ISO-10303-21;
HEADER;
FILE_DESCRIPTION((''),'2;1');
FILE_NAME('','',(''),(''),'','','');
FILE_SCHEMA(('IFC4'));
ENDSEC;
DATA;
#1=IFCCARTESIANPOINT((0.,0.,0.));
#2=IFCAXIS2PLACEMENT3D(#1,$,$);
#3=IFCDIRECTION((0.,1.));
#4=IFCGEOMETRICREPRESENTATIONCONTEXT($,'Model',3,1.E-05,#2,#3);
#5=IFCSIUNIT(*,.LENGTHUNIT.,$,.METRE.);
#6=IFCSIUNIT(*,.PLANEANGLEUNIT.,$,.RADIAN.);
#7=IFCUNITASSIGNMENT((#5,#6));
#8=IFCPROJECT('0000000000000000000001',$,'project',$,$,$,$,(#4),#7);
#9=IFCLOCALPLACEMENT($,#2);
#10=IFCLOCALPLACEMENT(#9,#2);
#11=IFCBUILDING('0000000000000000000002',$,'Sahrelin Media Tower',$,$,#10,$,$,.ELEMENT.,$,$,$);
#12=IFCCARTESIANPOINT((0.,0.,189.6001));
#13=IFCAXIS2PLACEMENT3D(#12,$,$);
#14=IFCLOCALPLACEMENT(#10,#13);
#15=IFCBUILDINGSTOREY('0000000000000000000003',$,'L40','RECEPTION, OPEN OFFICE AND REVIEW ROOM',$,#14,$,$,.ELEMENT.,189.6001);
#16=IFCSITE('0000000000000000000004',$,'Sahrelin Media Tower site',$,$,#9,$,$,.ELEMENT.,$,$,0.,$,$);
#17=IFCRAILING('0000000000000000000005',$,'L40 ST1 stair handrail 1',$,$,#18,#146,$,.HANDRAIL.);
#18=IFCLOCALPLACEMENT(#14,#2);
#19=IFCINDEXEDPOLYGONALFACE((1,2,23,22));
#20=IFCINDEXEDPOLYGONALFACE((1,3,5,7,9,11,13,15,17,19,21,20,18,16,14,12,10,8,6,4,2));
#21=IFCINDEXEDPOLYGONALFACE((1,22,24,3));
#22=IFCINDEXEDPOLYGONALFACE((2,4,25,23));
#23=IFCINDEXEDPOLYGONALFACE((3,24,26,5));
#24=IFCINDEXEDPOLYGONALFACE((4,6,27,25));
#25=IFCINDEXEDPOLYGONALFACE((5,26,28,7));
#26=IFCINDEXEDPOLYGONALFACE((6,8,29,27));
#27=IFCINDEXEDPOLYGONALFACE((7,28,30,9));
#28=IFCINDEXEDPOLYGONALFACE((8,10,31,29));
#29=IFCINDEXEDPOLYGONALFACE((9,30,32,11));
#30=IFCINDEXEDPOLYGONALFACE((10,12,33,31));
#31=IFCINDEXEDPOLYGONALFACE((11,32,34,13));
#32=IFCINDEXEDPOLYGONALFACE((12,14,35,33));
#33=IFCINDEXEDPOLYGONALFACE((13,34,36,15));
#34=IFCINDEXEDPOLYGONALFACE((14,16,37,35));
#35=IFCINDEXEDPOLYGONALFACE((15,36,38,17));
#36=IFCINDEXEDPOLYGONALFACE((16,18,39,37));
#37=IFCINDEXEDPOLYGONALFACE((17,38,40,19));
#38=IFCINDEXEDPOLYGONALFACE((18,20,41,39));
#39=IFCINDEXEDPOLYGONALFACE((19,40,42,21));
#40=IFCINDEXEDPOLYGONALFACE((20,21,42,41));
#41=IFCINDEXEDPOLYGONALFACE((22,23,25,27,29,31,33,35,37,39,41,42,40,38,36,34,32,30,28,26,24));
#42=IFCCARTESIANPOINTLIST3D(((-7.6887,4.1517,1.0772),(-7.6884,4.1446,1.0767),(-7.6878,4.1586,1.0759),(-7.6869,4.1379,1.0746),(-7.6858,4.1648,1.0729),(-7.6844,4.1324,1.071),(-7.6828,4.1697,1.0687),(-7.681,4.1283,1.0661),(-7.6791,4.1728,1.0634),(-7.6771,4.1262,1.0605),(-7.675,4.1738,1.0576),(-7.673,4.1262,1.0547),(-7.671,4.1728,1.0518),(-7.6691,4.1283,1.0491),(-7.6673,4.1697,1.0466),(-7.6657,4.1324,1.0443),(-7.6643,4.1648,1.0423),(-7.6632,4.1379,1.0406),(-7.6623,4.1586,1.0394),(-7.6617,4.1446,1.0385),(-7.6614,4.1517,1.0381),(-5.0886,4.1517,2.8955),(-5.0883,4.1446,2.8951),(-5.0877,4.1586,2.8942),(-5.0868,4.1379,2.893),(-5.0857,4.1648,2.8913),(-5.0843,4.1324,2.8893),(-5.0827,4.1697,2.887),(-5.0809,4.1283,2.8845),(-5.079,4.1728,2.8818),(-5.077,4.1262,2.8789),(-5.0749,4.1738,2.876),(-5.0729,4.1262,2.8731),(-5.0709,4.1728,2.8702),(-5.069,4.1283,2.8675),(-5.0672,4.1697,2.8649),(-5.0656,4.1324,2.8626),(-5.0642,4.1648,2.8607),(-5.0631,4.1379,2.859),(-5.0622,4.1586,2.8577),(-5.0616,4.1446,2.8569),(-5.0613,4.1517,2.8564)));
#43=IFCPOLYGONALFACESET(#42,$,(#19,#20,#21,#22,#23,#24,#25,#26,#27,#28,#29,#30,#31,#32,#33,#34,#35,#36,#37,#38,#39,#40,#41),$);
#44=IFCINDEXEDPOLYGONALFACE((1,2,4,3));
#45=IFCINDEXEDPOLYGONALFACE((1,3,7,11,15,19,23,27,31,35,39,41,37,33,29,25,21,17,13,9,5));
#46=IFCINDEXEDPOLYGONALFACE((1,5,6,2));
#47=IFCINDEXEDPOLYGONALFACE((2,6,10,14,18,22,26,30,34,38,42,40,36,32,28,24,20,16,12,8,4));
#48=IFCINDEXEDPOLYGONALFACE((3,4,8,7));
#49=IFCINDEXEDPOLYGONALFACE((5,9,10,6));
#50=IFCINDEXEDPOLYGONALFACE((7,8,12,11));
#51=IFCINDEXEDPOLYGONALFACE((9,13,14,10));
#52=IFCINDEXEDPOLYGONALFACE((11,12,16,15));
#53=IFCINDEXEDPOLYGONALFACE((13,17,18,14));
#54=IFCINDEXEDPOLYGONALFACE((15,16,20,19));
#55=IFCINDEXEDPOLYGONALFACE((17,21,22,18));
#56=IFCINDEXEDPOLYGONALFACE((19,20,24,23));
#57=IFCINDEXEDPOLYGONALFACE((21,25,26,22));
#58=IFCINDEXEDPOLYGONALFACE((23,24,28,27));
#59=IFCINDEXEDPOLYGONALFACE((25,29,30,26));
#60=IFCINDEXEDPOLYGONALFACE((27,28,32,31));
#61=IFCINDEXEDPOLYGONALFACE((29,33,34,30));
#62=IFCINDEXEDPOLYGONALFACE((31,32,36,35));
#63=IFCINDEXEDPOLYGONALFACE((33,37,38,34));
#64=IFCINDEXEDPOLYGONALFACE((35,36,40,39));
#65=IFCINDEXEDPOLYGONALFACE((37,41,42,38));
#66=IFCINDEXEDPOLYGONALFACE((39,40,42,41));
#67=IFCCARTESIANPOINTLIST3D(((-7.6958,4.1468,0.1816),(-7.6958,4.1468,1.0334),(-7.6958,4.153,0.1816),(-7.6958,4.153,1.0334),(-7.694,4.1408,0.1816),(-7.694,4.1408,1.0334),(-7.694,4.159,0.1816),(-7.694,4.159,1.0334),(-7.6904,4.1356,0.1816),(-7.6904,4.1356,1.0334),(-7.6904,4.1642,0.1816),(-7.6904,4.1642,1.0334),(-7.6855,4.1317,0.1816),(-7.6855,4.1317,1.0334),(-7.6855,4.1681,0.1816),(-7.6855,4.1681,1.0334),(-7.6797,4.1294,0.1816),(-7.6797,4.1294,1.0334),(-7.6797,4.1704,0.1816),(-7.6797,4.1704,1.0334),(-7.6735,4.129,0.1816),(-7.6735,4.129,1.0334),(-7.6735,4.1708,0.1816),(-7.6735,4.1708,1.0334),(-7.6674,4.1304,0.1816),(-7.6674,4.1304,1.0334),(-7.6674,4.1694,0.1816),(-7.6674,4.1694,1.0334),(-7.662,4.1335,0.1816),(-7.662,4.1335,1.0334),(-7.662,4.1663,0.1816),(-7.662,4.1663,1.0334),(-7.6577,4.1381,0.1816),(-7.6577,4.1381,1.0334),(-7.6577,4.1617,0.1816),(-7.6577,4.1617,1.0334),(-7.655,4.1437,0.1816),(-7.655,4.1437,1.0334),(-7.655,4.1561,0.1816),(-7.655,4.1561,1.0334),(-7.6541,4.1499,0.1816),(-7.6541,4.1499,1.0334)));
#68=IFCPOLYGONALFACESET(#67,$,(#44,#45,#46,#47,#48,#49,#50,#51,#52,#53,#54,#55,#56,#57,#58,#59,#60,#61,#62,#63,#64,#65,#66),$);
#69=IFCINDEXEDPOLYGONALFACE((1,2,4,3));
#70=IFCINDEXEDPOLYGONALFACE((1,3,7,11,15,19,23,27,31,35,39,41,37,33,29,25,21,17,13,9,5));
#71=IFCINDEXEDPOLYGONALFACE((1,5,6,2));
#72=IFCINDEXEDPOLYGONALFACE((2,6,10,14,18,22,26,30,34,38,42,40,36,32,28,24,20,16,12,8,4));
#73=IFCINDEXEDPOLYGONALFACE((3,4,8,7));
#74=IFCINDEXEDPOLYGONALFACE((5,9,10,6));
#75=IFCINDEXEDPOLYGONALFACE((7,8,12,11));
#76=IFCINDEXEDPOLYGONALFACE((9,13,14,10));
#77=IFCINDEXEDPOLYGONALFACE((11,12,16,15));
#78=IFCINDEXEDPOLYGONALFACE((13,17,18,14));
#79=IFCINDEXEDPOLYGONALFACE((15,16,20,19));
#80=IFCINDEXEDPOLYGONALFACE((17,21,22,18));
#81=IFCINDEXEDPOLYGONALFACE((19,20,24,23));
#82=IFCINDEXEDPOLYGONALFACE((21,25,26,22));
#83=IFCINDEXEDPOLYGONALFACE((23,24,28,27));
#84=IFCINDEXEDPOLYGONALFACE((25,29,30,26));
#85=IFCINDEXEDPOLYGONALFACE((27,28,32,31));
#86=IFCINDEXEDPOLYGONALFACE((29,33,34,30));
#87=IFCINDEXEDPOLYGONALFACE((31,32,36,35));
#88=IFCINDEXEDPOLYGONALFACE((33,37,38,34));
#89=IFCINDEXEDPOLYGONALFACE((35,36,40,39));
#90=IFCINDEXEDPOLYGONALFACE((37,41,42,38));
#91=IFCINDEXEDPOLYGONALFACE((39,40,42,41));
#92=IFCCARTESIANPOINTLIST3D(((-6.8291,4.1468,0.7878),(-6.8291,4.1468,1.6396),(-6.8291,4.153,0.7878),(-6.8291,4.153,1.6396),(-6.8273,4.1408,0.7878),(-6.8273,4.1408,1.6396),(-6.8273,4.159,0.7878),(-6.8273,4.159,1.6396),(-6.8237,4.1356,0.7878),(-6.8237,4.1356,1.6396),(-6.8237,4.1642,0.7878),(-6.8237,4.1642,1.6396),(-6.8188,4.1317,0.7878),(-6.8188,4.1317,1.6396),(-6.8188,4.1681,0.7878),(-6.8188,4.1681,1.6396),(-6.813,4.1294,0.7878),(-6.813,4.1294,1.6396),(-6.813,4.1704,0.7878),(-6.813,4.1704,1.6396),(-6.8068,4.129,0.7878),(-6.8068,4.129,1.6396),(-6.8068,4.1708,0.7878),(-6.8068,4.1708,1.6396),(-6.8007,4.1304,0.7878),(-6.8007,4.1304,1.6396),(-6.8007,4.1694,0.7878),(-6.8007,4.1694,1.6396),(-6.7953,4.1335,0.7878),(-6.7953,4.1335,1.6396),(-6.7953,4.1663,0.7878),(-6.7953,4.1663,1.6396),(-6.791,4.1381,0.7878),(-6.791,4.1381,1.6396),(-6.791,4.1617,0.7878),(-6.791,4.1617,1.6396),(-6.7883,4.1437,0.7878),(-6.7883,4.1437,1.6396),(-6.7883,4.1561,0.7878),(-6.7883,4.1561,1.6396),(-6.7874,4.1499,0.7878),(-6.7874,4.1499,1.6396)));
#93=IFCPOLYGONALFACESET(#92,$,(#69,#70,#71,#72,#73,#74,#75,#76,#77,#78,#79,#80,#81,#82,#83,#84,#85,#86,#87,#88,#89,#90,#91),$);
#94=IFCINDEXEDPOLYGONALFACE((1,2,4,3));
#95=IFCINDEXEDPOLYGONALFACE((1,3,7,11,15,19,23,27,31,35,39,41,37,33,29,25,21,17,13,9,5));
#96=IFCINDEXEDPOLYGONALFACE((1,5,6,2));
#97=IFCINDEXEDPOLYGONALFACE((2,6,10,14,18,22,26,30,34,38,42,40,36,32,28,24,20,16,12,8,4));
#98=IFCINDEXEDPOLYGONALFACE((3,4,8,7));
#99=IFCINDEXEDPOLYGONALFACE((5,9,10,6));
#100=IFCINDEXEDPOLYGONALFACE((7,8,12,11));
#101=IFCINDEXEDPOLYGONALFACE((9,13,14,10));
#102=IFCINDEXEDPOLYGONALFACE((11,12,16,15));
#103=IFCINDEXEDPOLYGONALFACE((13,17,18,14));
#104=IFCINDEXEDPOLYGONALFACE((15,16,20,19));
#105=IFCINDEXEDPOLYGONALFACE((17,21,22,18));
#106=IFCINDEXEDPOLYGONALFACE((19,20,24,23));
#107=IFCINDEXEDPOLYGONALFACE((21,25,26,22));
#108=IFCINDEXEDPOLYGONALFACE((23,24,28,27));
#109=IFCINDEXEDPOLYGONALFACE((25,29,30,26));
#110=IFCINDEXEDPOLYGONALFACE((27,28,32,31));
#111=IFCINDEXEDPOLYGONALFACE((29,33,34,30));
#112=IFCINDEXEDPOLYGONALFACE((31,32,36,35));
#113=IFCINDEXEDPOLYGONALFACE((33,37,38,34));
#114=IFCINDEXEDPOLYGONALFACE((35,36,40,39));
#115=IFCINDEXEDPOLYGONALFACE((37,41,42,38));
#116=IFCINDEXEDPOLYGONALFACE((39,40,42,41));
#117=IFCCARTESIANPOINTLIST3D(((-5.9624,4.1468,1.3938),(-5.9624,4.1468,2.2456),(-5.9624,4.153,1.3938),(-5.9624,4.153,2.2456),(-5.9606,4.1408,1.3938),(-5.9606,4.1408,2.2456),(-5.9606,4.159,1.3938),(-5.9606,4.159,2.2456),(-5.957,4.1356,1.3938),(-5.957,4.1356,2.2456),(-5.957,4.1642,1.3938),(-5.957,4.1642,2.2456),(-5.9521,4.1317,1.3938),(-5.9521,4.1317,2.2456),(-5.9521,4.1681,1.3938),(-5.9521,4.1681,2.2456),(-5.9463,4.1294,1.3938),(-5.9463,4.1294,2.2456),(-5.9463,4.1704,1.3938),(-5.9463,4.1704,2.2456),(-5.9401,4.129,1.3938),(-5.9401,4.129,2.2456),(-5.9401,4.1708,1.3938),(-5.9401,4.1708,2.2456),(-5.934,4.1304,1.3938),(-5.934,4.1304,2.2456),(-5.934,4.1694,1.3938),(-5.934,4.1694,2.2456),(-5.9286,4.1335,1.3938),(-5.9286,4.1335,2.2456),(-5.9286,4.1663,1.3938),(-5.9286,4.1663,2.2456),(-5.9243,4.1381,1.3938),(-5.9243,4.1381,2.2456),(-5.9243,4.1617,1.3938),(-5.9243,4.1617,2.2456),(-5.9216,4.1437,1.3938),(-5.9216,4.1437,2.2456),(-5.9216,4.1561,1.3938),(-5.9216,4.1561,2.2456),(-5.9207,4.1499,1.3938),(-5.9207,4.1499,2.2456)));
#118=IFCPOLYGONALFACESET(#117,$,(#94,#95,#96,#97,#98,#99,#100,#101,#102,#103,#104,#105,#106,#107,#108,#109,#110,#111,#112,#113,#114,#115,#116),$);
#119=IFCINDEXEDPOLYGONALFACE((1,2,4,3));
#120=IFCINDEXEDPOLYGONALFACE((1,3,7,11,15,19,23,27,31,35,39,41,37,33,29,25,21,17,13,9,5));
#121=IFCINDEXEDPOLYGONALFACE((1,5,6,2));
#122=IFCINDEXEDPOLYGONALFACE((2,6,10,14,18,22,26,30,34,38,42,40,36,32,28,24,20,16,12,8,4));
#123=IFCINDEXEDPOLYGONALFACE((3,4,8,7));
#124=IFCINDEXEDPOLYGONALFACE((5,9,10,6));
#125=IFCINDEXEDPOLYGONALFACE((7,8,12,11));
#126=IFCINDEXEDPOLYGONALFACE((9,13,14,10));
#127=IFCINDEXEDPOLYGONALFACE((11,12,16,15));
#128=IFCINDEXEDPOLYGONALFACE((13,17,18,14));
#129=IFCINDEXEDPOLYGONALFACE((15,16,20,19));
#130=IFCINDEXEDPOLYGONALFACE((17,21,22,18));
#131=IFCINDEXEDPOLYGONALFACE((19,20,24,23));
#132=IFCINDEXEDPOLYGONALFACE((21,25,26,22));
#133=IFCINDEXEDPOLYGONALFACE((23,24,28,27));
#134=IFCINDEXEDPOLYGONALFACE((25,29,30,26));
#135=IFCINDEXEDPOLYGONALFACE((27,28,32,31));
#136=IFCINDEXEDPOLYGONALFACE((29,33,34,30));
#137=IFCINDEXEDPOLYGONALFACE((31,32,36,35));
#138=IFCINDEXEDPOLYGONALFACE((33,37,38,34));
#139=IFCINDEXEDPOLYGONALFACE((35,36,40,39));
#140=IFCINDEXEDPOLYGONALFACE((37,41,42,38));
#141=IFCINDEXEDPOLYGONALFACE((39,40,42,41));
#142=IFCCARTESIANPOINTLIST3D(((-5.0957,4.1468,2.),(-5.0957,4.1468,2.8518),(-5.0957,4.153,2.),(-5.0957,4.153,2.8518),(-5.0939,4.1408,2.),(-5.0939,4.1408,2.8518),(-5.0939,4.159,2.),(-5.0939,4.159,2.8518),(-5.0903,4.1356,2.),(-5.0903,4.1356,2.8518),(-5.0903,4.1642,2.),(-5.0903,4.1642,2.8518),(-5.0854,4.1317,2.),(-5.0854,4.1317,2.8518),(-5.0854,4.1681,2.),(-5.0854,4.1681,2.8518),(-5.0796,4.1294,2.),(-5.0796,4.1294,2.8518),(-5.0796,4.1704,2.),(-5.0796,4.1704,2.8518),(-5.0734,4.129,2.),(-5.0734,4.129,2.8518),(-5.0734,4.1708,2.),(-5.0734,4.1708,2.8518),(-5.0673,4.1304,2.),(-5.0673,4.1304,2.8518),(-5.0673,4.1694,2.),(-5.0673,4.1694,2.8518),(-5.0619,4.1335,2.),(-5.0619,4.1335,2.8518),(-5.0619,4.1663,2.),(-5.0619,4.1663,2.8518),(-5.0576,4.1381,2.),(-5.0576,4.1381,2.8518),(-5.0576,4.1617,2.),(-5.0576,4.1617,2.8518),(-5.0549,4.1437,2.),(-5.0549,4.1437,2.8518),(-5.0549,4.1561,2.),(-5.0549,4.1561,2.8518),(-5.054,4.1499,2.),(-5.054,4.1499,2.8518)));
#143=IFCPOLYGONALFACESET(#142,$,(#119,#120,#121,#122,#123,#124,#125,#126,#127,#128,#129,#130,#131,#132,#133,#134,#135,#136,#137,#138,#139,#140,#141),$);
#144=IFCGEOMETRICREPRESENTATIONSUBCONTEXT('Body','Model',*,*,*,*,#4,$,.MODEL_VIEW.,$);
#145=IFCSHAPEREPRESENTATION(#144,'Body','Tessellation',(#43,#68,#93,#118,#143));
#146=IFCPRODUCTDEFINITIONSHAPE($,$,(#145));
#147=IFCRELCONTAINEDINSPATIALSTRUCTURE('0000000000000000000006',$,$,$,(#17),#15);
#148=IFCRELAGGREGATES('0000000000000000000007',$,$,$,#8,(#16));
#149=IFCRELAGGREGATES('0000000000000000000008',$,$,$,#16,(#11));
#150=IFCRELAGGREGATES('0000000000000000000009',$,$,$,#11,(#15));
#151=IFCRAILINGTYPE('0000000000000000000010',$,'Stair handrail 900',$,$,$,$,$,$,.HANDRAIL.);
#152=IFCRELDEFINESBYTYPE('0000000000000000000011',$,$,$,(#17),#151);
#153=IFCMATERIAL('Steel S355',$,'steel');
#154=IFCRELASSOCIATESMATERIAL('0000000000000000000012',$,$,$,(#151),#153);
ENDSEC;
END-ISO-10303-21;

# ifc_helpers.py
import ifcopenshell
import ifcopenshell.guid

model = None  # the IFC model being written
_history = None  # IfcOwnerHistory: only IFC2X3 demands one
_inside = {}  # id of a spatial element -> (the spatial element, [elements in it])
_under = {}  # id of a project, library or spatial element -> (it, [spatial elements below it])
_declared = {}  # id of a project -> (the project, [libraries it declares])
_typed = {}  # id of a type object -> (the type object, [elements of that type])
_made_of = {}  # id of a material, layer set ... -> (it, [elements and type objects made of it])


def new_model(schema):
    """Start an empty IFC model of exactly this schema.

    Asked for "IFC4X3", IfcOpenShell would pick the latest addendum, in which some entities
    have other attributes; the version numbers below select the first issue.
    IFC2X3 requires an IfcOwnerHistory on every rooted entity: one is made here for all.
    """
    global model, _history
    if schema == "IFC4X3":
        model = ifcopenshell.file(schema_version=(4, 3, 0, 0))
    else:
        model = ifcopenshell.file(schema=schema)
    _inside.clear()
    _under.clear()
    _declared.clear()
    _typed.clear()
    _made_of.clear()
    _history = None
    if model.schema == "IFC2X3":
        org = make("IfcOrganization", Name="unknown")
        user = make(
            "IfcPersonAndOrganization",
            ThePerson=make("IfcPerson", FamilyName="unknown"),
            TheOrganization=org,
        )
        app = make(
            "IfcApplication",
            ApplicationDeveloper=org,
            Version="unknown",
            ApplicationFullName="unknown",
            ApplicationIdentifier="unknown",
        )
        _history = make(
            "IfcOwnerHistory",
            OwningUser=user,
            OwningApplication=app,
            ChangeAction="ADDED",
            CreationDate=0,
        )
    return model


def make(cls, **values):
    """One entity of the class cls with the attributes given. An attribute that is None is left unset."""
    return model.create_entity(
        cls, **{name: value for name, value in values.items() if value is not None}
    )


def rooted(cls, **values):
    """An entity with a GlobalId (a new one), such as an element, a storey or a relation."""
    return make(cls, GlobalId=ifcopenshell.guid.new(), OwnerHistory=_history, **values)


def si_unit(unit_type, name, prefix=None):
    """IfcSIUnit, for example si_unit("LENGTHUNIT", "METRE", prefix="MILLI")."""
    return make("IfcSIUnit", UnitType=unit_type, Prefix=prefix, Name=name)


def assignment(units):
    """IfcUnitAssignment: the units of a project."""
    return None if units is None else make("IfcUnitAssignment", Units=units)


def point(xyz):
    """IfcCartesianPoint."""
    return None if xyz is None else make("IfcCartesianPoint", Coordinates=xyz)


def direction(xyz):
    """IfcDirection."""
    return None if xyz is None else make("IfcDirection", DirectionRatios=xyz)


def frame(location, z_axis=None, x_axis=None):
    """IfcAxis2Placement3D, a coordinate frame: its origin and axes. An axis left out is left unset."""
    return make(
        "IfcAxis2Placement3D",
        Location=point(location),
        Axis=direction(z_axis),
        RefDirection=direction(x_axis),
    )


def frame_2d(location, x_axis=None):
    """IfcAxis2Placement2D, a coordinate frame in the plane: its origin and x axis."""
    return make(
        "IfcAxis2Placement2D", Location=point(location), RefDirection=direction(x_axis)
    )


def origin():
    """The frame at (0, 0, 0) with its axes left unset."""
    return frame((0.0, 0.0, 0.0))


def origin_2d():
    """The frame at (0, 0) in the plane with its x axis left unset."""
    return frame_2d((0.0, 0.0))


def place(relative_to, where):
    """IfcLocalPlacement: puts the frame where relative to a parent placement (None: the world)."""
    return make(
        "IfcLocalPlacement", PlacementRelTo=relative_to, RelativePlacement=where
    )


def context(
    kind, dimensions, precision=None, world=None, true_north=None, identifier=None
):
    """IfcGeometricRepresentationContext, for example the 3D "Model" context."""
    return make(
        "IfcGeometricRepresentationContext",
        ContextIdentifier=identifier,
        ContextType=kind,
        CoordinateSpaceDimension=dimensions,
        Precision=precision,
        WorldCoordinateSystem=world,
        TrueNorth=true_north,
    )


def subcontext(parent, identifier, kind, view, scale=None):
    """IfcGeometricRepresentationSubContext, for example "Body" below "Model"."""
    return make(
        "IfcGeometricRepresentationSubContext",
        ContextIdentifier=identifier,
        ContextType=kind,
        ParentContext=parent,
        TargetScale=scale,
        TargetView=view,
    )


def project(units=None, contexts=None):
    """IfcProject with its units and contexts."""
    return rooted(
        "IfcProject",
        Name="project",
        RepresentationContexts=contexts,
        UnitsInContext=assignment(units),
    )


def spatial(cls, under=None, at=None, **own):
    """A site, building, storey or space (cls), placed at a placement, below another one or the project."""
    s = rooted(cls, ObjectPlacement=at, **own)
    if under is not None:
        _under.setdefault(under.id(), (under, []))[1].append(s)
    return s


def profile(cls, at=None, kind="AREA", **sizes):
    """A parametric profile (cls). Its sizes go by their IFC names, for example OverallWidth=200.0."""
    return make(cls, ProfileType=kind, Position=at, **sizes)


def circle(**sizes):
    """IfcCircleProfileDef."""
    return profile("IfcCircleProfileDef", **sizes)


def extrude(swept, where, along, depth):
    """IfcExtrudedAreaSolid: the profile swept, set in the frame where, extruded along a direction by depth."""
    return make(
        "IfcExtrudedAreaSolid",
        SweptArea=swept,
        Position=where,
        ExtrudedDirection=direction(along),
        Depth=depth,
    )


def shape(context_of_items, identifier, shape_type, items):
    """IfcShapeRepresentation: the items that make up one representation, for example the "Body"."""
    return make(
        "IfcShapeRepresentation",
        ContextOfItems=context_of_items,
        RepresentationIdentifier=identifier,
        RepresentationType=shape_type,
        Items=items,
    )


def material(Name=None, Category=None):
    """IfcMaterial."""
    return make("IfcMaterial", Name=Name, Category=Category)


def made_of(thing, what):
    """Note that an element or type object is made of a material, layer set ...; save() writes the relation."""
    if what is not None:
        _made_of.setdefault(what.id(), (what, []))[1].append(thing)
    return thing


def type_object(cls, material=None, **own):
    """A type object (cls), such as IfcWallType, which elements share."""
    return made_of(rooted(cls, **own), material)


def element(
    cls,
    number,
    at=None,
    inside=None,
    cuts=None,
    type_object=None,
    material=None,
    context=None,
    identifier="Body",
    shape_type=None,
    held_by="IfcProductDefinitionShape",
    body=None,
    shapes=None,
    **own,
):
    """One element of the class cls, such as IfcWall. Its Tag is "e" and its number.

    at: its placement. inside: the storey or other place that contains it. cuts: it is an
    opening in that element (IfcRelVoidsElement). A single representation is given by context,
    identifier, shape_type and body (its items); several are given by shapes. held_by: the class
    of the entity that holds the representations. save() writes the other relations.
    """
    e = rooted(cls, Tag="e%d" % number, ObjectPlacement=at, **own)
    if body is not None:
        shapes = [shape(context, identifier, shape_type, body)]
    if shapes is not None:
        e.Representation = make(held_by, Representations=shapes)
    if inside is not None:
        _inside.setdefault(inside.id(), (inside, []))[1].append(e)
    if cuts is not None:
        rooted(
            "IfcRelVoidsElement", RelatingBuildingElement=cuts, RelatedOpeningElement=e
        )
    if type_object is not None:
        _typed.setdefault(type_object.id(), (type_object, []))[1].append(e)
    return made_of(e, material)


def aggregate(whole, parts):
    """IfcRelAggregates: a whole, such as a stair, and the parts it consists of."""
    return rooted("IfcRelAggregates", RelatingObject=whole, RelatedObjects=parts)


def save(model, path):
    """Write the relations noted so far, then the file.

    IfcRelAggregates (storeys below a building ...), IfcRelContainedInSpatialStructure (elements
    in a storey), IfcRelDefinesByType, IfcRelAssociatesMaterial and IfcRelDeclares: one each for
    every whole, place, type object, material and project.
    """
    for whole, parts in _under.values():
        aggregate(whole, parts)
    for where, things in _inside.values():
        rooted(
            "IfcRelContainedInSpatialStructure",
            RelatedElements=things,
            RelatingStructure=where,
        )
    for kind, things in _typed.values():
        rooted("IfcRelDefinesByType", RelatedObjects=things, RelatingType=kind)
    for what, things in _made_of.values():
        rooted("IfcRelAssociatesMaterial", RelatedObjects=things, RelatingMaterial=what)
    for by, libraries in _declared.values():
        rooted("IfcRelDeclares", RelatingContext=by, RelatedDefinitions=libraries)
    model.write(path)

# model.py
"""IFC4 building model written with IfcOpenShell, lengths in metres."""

from ifc_helpers import new_model, si_unit, direction, frame, origin, origin_2d, place, context, subcontext, project, spatial, circle, extrude, material, type_object, element, save


model = new_model("IFC4")

# Units and contexts
model_context = context("Model", 3, precision=1e-05, world=origin(), true_north=direction((0.0, 1.0)))
body_context = subcontext(model_context, "Body", "Model", "MODEL_VIEW")
ifc_project = project(units=[si_unit("LENGTHUNIT", "METRE"), si_unit("PLANEANGLEUNIT", "RADIAN")], contexts=[model_context])

# Site, building, storey
site_placement = place(None, origin())
site = spatial("IfcSite", under=ifc_project, at=site_placement, Name="Sahrelin Media Tower site", CompositionType="ELEMENT", RefElevation=0.0)
building_placement = place(site_placement, origin())
building = spatial("IfcBuilding", under=site, at=building_placement, Name="Sahrelin Media Tower", CompositionType="ELEMENT")
storey_placement = place(building_placement, frame((0.0, 0.0, 189.6001)))
storey = spatial("IfcBuildingStorey", under=building, at=storey_placement, Name="L40", Description="RECEPTION, OPEN OFFICE AND REVIEW ROOM", CompositionType="ELEMENT", Elevation=189.6001)

# Shared definitions
ifc_material_1 = material(Name="Steel S355", Category="steel")

# Railing
railing_type_1 = type_object("IfcRailingType", Name="Stair handrail 900", PredefinedType="HANDRAIL", material=ifc_material_1)
railing_1_placement = place(storey_placement, frame((-7.675, 4.1499, 0.1816)))
element("IfcRailing", 1, at=railing_1_placement, inside=storey, type_object=railing_type_1, Name="L40 ST1 stair handrail 1", PredefinedType="HANDRAIL", context=body_context, shape_type="SweptSolid", body=[
    extrude(circle(Radius=0.0239, at=origin_2d()), frame((0.0, 0.0, 0.876), z_axis=(0.819485, 0.0, 0.573101), x_axis=(0.0, 1.0, 0.0)), (0.0, 0.0, 1.0), 3.1729),
    extrude(circle(Radius=0.021, at=origin_2d()), origin(), (0.0, 0.0, 1.0), 0.8518),
    extrude(circle(Radius=0.021, at=origin_2d()), frame((0.8667, 0.0, 0.6062)), (0.0, 0.0, 1.0), 0.8518),
    extrude(circle(Radius=0.021, at=origin_2d()), frame((1.7334, 0.0, 1.2122)), (0.0, 0.0, 1.0), 0.8518),
    extrude(circle(Radius=0.021, at=origin_2d()), frame((2.6001, 0.0, 1.8184)), (0.0, 0.0, 1.0), 0.8518),
])

save(model, "model.ifc")
